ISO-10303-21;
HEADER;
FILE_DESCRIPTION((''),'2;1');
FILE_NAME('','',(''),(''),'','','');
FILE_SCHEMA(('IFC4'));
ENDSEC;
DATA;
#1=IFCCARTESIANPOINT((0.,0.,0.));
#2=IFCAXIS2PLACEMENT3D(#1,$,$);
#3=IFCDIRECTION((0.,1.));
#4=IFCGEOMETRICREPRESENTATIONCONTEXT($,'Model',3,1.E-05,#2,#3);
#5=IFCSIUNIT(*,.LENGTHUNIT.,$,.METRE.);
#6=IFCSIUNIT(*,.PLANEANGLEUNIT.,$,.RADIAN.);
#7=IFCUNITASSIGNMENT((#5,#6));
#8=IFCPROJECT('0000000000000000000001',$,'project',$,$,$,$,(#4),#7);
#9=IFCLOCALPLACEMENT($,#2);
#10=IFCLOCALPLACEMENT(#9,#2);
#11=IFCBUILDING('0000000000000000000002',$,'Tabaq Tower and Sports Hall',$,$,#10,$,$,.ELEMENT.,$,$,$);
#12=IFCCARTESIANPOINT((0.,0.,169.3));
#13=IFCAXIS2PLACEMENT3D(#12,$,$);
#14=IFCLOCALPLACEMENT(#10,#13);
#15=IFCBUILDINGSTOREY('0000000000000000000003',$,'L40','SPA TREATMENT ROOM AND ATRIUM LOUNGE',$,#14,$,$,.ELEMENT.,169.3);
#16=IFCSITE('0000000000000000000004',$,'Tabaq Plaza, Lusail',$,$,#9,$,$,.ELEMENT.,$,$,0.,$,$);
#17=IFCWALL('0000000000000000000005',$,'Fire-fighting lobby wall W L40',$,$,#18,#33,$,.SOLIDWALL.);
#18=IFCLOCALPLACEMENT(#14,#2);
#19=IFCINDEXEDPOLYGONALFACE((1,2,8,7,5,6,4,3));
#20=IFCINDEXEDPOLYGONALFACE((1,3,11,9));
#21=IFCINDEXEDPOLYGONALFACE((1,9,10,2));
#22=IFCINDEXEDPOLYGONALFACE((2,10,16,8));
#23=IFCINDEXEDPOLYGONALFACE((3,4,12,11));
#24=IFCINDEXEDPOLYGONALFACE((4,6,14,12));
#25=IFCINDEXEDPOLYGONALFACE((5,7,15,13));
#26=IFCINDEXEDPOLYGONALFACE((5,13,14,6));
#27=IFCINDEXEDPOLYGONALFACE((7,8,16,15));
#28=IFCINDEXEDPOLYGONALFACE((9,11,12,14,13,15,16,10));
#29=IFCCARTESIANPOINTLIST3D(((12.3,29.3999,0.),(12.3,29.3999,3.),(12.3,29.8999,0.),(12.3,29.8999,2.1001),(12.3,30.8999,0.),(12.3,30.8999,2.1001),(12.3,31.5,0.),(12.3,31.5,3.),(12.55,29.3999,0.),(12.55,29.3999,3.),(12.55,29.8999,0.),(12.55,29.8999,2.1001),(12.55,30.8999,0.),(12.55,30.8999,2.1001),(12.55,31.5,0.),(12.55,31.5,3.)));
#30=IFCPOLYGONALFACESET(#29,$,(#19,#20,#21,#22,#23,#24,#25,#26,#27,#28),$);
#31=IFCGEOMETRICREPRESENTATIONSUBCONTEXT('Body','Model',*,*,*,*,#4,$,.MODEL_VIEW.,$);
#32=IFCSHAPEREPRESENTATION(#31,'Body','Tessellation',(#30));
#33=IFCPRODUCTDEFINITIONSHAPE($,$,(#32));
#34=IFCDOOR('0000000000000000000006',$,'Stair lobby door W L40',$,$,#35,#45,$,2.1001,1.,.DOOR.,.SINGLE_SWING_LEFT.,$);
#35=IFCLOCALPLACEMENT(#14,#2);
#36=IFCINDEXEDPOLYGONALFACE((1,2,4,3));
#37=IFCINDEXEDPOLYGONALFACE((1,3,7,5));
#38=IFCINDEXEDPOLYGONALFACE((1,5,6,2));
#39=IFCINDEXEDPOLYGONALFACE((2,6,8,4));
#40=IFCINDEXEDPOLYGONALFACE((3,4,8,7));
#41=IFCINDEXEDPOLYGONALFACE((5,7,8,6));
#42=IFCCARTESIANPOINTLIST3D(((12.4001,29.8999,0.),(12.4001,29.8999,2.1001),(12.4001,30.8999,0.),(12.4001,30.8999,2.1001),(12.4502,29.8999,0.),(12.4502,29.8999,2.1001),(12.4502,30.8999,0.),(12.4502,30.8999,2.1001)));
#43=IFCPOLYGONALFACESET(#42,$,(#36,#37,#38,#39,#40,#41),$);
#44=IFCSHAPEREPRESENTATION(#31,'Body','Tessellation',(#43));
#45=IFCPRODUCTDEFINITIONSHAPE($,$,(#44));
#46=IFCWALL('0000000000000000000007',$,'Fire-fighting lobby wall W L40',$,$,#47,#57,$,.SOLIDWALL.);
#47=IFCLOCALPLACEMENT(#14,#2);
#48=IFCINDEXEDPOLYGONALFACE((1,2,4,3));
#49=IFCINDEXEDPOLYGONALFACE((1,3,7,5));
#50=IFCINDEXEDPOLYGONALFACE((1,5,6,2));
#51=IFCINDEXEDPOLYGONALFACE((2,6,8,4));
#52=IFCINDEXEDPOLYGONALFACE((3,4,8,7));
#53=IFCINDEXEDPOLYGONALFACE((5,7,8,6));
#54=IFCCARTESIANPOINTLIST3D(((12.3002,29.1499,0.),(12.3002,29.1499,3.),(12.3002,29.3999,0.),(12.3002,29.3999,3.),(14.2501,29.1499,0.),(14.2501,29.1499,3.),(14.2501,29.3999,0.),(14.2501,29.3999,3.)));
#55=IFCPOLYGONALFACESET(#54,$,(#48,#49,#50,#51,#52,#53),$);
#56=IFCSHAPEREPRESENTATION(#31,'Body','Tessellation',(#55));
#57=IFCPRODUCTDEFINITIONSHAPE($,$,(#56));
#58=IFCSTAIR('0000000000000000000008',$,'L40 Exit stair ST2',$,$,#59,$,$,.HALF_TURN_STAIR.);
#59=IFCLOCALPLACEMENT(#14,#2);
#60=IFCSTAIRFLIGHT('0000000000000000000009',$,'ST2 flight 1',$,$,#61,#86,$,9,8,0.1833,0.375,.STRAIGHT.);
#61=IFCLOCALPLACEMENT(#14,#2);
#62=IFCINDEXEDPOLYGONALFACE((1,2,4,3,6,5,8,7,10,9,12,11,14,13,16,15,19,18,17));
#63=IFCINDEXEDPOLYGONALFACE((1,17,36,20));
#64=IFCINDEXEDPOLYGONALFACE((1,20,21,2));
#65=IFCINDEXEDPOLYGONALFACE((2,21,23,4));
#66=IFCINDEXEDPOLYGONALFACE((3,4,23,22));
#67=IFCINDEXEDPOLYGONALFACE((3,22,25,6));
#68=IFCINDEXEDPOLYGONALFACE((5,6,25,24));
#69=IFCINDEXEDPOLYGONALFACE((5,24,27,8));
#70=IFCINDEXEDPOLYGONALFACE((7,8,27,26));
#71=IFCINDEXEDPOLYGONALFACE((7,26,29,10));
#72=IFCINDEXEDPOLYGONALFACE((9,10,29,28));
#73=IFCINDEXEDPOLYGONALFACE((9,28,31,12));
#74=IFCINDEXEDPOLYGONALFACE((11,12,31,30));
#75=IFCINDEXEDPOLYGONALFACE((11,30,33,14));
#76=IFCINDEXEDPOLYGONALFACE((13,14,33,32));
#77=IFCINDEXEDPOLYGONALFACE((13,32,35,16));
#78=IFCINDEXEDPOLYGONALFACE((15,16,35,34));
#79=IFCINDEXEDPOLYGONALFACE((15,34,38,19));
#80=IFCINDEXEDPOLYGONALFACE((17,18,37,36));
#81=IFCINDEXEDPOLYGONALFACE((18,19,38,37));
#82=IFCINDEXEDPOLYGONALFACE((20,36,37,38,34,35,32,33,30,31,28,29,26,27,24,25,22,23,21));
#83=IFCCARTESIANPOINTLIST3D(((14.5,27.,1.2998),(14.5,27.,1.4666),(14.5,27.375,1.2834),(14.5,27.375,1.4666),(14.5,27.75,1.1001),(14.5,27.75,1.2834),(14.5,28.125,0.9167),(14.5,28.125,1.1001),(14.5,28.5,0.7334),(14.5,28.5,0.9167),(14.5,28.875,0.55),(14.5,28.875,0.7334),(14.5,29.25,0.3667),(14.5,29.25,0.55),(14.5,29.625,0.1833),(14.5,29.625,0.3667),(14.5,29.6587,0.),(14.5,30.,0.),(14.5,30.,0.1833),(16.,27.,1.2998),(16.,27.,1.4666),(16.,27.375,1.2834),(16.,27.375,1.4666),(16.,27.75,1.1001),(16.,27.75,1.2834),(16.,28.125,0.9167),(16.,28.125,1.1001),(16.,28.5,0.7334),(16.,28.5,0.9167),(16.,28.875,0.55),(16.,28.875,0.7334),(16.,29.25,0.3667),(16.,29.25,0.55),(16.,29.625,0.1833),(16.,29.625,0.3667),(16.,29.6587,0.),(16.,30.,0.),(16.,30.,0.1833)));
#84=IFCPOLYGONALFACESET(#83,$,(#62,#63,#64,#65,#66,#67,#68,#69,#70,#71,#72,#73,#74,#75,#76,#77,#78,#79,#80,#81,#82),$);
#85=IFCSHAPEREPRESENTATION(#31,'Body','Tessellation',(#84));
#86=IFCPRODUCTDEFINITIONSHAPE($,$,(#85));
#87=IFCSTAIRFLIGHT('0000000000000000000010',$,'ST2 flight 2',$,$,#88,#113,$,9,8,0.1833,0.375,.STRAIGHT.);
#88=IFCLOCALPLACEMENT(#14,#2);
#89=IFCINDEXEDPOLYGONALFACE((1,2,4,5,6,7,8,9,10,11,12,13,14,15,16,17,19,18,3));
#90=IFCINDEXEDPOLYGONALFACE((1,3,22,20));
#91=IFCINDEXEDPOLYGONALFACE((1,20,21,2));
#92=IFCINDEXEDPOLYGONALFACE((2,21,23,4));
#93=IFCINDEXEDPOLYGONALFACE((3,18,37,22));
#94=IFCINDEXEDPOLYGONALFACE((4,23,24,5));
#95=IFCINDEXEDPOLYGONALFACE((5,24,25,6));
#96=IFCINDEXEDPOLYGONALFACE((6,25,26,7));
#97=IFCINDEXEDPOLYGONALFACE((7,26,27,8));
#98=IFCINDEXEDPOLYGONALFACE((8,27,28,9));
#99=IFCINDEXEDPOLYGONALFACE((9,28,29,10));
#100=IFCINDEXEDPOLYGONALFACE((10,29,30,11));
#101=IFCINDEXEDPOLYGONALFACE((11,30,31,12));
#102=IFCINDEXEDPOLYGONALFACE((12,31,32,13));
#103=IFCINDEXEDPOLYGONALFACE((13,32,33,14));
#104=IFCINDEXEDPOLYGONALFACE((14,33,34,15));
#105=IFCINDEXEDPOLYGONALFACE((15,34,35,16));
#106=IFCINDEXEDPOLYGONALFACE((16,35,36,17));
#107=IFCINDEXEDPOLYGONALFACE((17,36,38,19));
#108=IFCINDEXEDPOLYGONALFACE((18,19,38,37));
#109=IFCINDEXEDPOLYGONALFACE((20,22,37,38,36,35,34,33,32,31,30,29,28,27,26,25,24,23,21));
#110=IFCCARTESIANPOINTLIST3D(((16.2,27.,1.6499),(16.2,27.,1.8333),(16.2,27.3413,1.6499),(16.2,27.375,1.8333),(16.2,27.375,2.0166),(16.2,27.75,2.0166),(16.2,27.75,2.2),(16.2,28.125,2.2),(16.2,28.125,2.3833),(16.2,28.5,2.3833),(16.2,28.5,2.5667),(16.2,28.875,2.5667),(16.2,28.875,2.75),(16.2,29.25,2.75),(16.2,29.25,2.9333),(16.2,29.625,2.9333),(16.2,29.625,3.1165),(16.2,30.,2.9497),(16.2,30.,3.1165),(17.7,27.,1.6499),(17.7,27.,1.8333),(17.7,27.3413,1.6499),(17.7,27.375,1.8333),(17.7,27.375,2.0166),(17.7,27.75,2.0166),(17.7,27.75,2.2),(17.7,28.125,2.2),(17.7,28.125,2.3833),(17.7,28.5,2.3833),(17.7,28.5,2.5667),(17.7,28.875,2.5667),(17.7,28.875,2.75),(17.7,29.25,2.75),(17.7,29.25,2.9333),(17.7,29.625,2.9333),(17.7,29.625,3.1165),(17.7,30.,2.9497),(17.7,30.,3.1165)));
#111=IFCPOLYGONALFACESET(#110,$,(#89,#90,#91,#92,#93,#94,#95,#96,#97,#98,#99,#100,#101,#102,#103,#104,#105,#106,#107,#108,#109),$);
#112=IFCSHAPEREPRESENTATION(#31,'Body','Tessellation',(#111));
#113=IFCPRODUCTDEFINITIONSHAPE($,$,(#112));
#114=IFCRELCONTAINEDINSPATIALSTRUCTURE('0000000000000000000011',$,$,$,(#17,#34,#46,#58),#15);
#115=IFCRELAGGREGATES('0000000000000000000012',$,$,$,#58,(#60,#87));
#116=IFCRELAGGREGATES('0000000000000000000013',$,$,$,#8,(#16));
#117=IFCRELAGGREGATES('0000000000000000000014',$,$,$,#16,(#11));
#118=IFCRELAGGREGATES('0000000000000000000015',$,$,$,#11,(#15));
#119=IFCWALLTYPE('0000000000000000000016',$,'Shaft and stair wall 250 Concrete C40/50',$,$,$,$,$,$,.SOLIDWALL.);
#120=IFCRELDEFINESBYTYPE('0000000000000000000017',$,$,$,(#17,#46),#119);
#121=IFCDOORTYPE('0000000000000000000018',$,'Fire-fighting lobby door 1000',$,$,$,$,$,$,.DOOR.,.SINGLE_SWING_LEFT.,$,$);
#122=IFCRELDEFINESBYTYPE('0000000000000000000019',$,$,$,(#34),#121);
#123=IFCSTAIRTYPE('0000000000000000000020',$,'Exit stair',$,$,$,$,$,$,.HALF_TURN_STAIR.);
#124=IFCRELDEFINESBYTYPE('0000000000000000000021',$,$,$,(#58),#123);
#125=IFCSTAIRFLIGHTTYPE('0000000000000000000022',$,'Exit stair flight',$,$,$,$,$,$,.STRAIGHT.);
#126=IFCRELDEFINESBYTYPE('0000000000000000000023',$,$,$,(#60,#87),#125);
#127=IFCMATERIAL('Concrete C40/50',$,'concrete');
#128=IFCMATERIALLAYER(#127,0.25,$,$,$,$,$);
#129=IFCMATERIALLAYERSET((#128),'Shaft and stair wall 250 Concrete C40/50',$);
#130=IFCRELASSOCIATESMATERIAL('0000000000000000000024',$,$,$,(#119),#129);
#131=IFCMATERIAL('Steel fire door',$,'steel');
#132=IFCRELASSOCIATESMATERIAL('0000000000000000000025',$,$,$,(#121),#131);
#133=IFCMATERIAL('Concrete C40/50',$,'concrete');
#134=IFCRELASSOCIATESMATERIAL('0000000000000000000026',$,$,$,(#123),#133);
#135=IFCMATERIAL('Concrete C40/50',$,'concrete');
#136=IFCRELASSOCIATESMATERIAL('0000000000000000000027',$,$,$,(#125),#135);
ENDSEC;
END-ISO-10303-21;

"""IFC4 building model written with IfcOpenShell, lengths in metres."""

from ifc_helpers import new_model, si_unit, direction, frame, frame_2d, origin, place, context, subcontext, project, spatial, polyline, rectangle, outline, extrude, material, layer, layer_set, type_object, element, fill, aggregate, save


model = new_model("IFC4")

# Units and contexts
model_context = context("Model", 3, precision=1e-05, world=origin(), true_north=direction((0.0, 1.0)))
body_context = subcontext(model_context, "Body", "Model", "MODEL_VIEW")
ifc_project = project(units=[si_unit("LENGTHUNIT", "METRE"), si_unit("PLANEANGLEUNIT", "RADIAN")], contexts=[model_context])

# Site, building, storey
site_placement = place(None, origin())
site = spatial("IfcSite", under=ifc_project, at=site_placement, Name="Tabaq Plaza, Lusail", CompositionType="ELEMENT", RefElevation=0.0)
building_placement = place(site_placement, origin())
building = spatial("IfcBuilding", under=site, at=building_placement, Name="Tabaq Tower and Sports Hall", CompositionType="ELEMENT")
storey_placement = place(building_placement, frame((0.0, 0.0, 169.3)))
storey = spatial("IfcBuildingStorey", under=building, at=storey_placement, Name="L40", Description="SPA TREATMENT ROOM AND ATRIUM LOUNGE", CompositionType="ELEMENT", Elevation=169.3)

# Shared definitions
ifc_material_1 = material(Name="Concrete C40/50", Category="concrete")
ifc_layer_1 = layer(ifc_material_1, 0.25)
ifc_layer_set_1 = layer_set([ifc_layer_1], Name="Shaft and stair wall 250 Concrete C40/50")
wall_type_1 = type_object("IfcWallType", Name="Shaft and stair wall 250 Concrete C40/50", PredefinedType="SOLIDWALL", material=ifc_layer_set_1)

# Wall, opening, door
wall_1_placement = place(storey_placement, frame((12.425, 29.3999, 0.0), z_axis=(0.0, 0.0, 1.0), x_axis=(0.0, 1.0, 0.0)))
wall_1 = element("IfcWall", 1, at=wall_1_placement, inside=storey, type_object=wall_type_1, Name="Fire-fighting lobby wall W L40", PredefinedType="SOLIDWALL", context=body_context, shape_type="SweptSolid", body=[
    extrude(rectangle(XDim=2.1001, YDim=0.25, at=frame_2d((1.05, 0.0))), origin(), (0.0, 0.0, 1.0), 3.0),
])
opening_1_placement = place(wall_1_placement, frame((0.5, 0.0, 0.0)))
opening_1 = element("IfcOpeningElement", 2, at=opening_1_placement, cuts=wall_1, PredefinedType="OPENING", context=body_context, shape_type="SweptSolid", body=[
    extrude(rectangle(XDim=1.0, YDim=2.1001, at=frame_2d((0.5, 1.05))), frame((0.0, 0.125, 0.0), z_axis=(0.0, -1.0, 0.0), x_axis=(1.0, 0.0, 0.0)), (0.0, 0.0, 1.0), 0.25),
])
ifc_material_2 = material(Name="Steel fire door", Category="steel")
door_type_1 = type_object("IfcDoorType", Name="Fire-fighting lobby door 1000", OperationType="SINGLE_SWING_LEFT", PredefinedType="DOOR", material=ifc_material_2)
door_1_placement = place(opening_1_placement, origin())
door_1 = element("IfcDoor", 3, at=door_1_placement, inside=storey, type_object=door_type_1, Name="Stair lobby door W L40", OperationType="SINGLE_SWING_LEFT", OverallHeight=2.1001, OverallWidth=1.0, PredefinedType="DOOR", context=body_context, shape_type="SweptSolid", body=[
    extrude(rectangle(XDim=1.0, YDim=2.1001, at=frame_2d((0.5, 1.05))), frame((0.0, 0.0249, 0.0), z_axis=(0.0, -1.0, 0.0), x_axis=(1.0, 0.0, 0.0)), (0.0, 0.0, 1.0), 0.05),
])
fill(opening_1, door_1)

# Wall
wall_2_placement = place(storey_placement, frame((12.3, 29.2749, 0.0), z_axis=(0.0, 0.0, 1.0), x_axis=(1.0, 0.0, 0.0)))
element("IfcWall", 4, at=wall_2_placement, inside=storey, type_object=wall_type_1, Name="Fire-fighting lobby wall W L40", PredefinedType="SOLIDWALL", context=body_context, shape_type="SweptSolid", body=[
    extrude(rectangle(XDim=1.95, YDim=0.25, at=frame_2d((0.9751, 0.0))), origin(), (0.0, 0.0, 1.0), 3.0),
])

# Stair, stair flights
ifc_material_3 = material(Name="Concrete C40/50", Category="concrete")
stair_type = type_object("IfcStairType", Name="Exit stair", PredefinedType="HALF_TURN_STAIR", material=ifc_material_3)
stair_placement = place(storey_placement, origin())
stair = element("IfcStair", 5, at=stair_placement, inside=storey, type_object=stair_type, Name="L40 Exit stair ST2", PredefinedType="HALF_TURN_STAIR")
ifc_material_4 = material(Name="Concrete C40/50", Category="concrete")
stair_flight_type = type_object("IfcStairFlightType", Name="Exit stair flight", PredefinedType="STRAIGHT", material=ifc_material_4)
stair_flight_1_placement = place(storey_placement, frame((15.25, 30.0, 0.0), z_axis=(0.0, 0.0, 1.0), x_axis=(0.0, -1.0, 0.0)))
stair_flight_1 = element("IfcStairFlight", 6, at=stair_flight_1_placement, type_object=stair_flight_type, Name="ST2 flight 1", NumberOfRisers=9, NumberOfTreads=8, PredefinedType="STRAIGHT", RiserHeight=0.1833, TreadLength=0.375, context=body_context, shape_type="SweptSolid", body=[
    extrude(outline(polyline([(0.0, 0.0), (0.0, 0.1833), (0.375, 0.1833), (0.375, 0.3667), (0.75, 0.3667), (0.75, 0.55), (1.125, 0.55), (1.125, 0.7334), (1.5, 0.7334), (1.5, 0.9167), (1.875, 0.9167), (1.875, 1.1001), (2.25, 1.1001), (2.25, 1.2834), (2.625, 1.2834), (2.625, 1.4666), (3.0, 1.4666), (3.0, 1.6499), (3.0, 1.2998), (0.3413, 0.0), (0.0, 0.0)])), frame((0.0, 0.75, 0.0), z_axis=(0.0, -1.0, 0.0), x_axis=(1.0, 0.0, 0.0)), (0.0, 0.0, 1.0), 1.5),
])
stair_flight_2_placement = place(storey_placement, frame((16.95, 27.0, 1.6499), z_axis=(0.0, 0.0, 1.0), x_axis=(0.0, 1.0, 0.0)))
stair_flight_2 = element("IfcStairFlight", 7, at=stair_flight_2_placement, type_object=stair_flight_type, Name="ST2 flight 2", NumberOfRisers=9, NumberOfTreads=8, PredefinedType="STRAIGHT", RiserHeight=0.1833, TreadLength=0.375, context=body_context, shape_type="SweptSolid", body=[
    extrude(outline(polyline([(0.0, 0.0), (0.0, 0.1833), (0.375, 0.1833), (0.375, 0.3667), (0.75, 0.3667), (0.75, 0.55), (1.125, 0.55), (1.125, 0.7334), (1.5, 0.7334), (1.5, 0.9167), (1.875, 0.9167), (1.875, 1.1001), (2.25, 1.1001), (2.25, 1.2834), (2.625, 1.2834), (2.625, 1.4666), (3.0, 1.4666), (3.0, 1.6499), (3.0, 1.2998), (0.3413, 0.0), (0.0, 0.0)])), frame((0.0, 0.75, 0.0), z_axis=(0.0, -1.0, 0.0), x_axis=(1.0, 0.0, 0.0)), (0.0, 0.0, 1.0), 1.5),
])
aggregate(stair, [stair_flight_1, stair_flight_2])

save(model, "model.ifc")
